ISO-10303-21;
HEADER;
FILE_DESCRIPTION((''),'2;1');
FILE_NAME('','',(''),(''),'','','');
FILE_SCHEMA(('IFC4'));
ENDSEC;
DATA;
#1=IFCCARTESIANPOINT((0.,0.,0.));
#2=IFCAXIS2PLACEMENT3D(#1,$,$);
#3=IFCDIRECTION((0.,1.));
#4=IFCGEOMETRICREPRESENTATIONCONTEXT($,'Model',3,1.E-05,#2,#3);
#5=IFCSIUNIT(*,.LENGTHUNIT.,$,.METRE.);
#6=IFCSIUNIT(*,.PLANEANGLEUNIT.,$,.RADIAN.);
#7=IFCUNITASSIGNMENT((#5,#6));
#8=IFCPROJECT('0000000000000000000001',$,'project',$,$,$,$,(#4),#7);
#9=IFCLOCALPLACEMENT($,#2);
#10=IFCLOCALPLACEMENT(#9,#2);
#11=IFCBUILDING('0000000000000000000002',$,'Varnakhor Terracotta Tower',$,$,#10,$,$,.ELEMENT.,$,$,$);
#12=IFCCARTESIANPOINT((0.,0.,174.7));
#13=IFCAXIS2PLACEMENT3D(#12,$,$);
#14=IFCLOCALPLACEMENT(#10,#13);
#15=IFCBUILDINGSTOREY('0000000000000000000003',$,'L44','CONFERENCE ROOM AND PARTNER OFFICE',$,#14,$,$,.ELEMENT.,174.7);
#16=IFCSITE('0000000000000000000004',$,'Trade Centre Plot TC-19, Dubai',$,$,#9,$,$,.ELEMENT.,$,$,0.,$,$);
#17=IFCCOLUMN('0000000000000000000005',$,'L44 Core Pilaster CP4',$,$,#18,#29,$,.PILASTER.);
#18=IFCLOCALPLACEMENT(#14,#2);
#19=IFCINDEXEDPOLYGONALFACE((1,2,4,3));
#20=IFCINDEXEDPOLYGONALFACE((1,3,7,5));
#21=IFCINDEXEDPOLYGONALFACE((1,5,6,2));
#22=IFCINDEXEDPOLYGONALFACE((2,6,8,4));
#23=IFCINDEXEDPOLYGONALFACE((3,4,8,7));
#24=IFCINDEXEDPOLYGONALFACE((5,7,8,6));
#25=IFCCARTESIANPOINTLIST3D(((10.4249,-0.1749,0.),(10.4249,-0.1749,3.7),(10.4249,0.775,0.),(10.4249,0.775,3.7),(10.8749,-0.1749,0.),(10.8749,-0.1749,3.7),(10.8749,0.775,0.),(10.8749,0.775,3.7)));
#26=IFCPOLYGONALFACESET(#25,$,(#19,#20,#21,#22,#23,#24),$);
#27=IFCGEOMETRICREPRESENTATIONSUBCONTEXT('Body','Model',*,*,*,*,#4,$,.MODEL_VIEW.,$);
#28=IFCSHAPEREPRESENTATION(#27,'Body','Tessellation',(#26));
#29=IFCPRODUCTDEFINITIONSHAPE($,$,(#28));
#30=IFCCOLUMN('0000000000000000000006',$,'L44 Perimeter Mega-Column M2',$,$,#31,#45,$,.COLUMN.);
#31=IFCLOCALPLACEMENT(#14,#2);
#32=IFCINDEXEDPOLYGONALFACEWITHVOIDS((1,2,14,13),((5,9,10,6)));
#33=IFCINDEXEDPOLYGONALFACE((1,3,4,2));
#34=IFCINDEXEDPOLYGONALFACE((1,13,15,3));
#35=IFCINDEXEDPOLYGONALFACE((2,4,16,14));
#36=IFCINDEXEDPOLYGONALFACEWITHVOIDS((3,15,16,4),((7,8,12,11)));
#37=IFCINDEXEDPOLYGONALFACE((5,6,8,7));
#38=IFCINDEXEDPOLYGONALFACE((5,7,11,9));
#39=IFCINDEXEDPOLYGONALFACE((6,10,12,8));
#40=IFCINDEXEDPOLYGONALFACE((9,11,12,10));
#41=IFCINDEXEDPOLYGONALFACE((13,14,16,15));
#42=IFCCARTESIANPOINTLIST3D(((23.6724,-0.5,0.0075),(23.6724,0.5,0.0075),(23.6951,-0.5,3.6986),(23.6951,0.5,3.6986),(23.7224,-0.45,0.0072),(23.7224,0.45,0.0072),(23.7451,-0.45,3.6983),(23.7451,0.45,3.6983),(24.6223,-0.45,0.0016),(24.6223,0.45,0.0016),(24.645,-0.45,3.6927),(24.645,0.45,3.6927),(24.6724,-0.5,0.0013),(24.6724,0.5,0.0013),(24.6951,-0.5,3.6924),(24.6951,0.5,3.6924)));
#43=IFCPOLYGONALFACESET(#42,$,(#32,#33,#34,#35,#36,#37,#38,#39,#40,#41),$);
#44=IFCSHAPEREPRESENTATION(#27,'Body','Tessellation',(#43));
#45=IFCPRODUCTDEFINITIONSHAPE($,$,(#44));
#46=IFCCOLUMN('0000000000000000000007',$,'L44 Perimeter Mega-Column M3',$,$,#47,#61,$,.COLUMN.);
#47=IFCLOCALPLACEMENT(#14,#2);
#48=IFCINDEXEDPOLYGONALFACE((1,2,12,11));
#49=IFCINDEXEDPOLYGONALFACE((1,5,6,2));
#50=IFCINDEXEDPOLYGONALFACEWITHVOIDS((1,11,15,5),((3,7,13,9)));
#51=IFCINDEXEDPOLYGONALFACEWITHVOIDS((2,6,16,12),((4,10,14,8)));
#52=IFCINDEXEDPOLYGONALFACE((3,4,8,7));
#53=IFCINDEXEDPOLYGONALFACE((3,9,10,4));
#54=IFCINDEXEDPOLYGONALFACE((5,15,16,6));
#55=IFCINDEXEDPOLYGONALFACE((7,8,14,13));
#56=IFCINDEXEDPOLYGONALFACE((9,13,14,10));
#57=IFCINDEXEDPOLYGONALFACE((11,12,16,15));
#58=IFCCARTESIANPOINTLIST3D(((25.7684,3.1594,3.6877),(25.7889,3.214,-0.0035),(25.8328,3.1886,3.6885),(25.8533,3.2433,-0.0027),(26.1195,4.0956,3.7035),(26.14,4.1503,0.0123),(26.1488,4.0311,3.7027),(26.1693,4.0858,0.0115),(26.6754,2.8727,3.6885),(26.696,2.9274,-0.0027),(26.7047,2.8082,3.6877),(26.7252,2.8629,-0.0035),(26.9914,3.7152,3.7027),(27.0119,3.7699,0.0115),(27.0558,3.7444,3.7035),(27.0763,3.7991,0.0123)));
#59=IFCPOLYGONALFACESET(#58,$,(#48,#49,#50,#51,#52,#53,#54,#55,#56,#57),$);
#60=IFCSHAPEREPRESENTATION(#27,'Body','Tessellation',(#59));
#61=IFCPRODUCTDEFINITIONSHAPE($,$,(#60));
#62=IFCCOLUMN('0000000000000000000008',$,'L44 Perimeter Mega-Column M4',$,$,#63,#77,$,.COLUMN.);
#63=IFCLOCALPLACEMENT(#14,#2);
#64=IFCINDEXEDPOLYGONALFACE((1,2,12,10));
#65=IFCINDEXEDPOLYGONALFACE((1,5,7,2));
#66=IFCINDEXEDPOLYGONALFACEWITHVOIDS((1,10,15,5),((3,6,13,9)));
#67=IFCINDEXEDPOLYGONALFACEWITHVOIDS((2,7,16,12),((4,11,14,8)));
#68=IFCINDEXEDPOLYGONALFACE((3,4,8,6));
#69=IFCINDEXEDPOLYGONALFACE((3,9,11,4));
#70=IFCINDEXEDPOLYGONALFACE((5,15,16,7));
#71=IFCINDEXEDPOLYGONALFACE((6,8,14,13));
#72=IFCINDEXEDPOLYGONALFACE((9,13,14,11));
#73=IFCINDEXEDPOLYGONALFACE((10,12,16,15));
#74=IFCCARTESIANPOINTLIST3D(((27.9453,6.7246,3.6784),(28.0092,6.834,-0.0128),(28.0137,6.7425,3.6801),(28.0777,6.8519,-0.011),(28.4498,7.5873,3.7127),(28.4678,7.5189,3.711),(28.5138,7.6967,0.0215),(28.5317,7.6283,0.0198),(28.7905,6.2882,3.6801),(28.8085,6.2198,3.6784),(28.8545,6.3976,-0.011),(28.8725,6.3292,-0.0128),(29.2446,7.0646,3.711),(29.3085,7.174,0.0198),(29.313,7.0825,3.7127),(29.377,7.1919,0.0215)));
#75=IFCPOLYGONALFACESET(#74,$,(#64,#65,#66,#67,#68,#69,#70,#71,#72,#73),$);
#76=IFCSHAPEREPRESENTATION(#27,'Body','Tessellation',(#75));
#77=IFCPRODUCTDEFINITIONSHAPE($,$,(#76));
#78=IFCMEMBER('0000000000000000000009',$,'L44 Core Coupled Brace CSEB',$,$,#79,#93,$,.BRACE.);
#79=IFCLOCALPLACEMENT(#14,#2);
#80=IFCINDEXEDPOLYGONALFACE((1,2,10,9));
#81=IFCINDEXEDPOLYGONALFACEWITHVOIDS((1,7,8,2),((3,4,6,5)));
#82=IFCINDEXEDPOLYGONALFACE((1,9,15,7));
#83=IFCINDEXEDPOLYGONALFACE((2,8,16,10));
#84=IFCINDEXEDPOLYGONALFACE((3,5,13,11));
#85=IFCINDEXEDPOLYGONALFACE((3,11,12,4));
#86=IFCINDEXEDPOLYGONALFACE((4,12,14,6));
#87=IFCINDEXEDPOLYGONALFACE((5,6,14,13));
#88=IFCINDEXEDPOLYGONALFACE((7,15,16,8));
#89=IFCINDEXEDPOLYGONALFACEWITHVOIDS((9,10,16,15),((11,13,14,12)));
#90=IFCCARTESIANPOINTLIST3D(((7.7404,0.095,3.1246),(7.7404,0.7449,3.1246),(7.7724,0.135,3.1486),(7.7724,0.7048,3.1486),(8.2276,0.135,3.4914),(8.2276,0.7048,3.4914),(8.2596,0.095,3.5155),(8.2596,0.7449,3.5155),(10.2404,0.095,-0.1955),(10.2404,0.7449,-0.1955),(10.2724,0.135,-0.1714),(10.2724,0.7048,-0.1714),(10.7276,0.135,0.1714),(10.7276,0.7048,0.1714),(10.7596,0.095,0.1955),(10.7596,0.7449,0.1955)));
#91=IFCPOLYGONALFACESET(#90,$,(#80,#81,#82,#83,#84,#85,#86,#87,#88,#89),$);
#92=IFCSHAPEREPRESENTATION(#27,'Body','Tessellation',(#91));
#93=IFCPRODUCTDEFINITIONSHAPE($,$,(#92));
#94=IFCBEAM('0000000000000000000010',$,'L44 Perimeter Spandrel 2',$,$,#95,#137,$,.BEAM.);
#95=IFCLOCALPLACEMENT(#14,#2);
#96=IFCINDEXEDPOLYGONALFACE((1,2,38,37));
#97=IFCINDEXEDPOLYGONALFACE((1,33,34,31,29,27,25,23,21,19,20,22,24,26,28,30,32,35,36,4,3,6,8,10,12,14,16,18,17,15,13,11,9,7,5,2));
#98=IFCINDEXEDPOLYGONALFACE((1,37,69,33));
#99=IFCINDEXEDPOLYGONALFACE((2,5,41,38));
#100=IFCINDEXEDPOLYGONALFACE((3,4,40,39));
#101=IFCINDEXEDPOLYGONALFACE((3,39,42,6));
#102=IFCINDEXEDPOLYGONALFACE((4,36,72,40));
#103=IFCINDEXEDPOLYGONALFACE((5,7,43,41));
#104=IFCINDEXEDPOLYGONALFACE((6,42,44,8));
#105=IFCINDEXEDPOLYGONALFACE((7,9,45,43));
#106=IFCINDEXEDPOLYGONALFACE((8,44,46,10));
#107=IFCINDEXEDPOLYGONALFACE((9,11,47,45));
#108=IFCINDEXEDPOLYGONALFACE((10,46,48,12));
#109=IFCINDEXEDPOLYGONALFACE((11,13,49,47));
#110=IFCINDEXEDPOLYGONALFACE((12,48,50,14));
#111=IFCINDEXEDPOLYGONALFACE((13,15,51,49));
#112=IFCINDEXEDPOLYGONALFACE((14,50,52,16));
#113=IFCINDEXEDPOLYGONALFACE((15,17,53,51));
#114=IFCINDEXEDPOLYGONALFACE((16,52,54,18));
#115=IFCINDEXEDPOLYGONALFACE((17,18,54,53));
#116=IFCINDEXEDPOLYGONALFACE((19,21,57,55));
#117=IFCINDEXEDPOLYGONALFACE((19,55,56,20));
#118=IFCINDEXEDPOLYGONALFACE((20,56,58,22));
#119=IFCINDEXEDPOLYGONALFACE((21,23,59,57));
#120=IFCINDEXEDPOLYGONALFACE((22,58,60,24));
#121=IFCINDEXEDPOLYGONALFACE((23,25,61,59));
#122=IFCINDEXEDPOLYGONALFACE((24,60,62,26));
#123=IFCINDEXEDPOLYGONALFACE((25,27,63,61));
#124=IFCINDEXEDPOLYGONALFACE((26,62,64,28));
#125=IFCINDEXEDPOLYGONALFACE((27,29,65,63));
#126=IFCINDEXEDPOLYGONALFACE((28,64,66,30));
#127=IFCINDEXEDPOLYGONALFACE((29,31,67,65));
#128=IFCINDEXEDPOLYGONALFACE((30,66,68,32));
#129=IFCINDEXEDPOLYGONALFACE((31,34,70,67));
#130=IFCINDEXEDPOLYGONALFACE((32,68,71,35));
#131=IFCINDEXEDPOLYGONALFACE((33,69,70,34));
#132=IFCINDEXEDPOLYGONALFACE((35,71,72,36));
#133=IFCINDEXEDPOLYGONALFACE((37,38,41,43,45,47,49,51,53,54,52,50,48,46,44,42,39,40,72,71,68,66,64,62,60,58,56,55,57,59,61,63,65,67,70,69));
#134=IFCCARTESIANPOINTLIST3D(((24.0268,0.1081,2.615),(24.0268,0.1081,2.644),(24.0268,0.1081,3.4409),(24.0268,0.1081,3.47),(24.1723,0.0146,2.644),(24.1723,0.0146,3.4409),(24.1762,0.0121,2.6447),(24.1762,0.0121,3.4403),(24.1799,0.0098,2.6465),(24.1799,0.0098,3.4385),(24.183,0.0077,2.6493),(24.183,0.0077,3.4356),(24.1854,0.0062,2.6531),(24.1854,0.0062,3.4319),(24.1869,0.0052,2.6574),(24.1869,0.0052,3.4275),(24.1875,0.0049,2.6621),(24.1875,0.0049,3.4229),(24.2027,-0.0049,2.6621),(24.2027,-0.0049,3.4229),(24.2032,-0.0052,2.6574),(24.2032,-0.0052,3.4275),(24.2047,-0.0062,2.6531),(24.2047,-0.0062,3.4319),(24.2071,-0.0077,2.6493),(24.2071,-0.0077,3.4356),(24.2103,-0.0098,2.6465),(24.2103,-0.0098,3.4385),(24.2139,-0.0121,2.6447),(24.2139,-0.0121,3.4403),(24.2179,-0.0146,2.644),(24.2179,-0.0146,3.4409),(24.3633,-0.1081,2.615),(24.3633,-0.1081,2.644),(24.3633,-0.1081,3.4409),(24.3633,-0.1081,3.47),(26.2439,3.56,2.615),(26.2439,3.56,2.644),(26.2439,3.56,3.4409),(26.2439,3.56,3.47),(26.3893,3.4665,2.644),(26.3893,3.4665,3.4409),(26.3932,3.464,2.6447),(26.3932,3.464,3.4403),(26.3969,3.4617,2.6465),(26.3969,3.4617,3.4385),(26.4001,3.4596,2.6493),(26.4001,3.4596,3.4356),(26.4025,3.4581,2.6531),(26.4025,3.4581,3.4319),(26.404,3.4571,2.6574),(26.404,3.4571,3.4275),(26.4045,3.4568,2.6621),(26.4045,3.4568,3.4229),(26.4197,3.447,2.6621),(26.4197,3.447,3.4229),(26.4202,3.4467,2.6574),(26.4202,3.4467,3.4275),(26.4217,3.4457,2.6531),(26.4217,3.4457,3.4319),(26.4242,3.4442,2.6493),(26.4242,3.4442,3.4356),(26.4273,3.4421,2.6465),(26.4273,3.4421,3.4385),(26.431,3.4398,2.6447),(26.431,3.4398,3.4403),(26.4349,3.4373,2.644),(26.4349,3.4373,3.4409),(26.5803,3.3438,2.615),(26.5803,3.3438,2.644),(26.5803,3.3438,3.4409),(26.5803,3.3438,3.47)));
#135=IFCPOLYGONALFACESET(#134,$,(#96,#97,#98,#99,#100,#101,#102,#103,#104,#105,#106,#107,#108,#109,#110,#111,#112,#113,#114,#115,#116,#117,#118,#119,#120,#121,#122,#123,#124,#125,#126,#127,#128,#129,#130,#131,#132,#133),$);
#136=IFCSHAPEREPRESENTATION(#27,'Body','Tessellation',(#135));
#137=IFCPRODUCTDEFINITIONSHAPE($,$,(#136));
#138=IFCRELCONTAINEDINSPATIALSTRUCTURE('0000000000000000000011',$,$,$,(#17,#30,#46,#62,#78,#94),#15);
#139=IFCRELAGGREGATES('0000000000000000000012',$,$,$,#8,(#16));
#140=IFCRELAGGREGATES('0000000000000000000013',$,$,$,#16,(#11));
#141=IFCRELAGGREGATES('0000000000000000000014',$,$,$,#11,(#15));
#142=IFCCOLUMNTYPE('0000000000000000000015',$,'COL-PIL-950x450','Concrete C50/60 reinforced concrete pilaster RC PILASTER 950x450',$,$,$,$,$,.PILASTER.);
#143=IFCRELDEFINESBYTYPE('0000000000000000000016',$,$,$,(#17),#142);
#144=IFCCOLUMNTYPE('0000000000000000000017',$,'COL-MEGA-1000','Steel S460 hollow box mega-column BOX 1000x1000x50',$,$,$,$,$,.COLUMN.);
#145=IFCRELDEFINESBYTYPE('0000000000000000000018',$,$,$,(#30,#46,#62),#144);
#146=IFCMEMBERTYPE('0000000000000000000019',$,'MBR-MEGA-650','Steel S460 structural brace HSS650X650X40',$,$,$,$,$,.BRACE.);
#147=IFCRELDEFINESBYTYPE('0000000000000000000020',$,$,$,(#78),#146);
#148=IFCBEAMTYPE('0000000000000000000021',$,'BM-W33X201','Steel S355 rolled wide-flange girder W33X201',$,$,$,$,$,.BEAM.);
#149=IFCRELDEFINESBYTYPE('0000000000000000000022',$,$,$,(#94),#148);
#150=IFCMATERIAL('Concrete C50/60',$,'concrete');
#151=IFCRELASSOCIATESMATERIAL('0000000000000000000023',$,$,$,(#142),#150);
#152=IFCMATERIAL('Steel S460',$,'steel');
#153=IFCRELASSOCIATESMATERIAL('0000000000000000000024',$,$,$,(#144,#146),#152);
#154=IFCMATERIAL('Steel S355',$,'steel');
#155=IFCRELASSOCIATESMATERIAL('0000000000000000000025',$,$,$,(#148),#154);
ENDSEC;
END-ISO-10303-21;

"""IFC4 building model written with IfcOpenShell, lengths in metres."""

from ifc_helpers import new_model, si_unit, direction, frame, origin, origin_2d, place, context, subcontext, project, spatial, rectangle, hollow_rectangle, i_section, extrude, source, transform, mapped, material, material_profile, profile_set, type_object, element, save


model = new_model("IFC4")

# Units and contexts
model_context = context("Model", 3, precision=1e-05, world=origin(), true_north=direction((0.0, 1.0)))
body_context = subcontext(model_context, "Body", "Model", "MODEL_VIEW")
ifc_project = project(units=[si_unit("LENGTHUNIT", "METRE"), si_unit("PLANEANGLEUNIT", "RADIAN")], contexts=[model_context])

# Site, building, storey
site_placement = place(None, origin())
site = spatial("IfcSite", under=ifc_project, at=site_placement, Name="Trade Centre Plot TC-19, Dubai", CompositionType="ELEMENT", RefElevation=0.0)
building_placement = place(site_placement, origin())
building = spatial("IfcBuilding", under=site, at=building_placement, Name="Varnakhor Terracotta Tower", CompositionType="ELEMENT")
storey_placement = place(building_placement, frame((0.0, 0.0, 174.7)))
storey = spatial("IfcBuildingStorey", under=building, at=storey_placement, Name="L44", Description="CONFERENCE ROOM AND PARTNER OFFICE", CompositionType="ELEMENT", Elevation=174.7)

# Columns
ifc_material_1 = material(Name="Concrete C50/60", Category="concrete")
ifc_material_profile_1 = material_profile(ifc_material_1, rectangle(XDim=0.45, YDim=0.95, at=origin_2d()), Name="RC PILASTER 950x450")
ifc_profile_set_1 = profile_set([ifc_material_profile_1], Name="Concrete C50/60")
column_type_1 = type_object("IfcColumnType", Name="COL-PIL-950x450", Description="Concrete C50/60 reinforced concrete pilaster RC PILASTER 950x450", PredefinedType="PILASTER", material=ifc_profile_set_1)
shared_shape_1 = source(origin(), body_context, "Body", "SweptSolid", [
    extrude(rectangle(XDim=0.45, YDim=0.95, at=origin_2d()), origin(), (0.0, 0.0, 1.0), 3.7),
])
column_1_placement = place(storey_placement, frame((10.6499, 0.3, 0.0), z_axis=(0.0, 0.0, 1.0), x_axis=(1.0, 0.0, 0.0)))
element("IfcColumn", 1, at=column_1_placement, inside=storey, type_object=column_type_1, Name="L44 Core Pilaster CP4", PredefinedType="PILASTER", context=body_context, shape_type="MappedRepresentation", body=[
    mapped(shared_shape_1, transform((0.0, 0.0, 0.0), scale=1.0)),
])
ifc_material_2 = material(Name="Steel S460", Category="steel")
ifc_material_profile_2 = material_profile(ifc_material_2, hollow_rectangle(XDim=1.0, YDim=1.0, WallThickness=0.05, at=origin_2d()), Name="BOX 1000x1000x50")
ifc_profile_set_2 = profile_set([ifc_material_profile_2], Name="Steel S460")
column_type_2 = type_object("IfcColumnType", Name="COL-MEGA-1000", Description="Steel S460 hollow box mega-column BOX 1000x1000x50", PredefinedType="COLUMN", material=ifc_profile_set_2)
shared_shape_2 = source(origin(), body_context, "Body", "SweptSolid", [
    extrude(hollow_rectangle(XDim=1.0, YDim=1.0, WallThickness=0.05, at=origin_2d()), origin(), (0.0, 0.0, 1.0), 3.6912),
])
column_2_placement = place(storey_placement, frame((24.1724, 0.0, 0.0044), z_axis=(0.006151, 0.0, 0.999981), x_axis=(0.0, 1.0, 0.0)))
element("IfcColumn", 2, at=column_2_placement, inside=storey, type_object=column_type_2, Name="L44 Perimeter Mega-Column M2", PredefinedType="COLUMN", context=body_context, shape_type="MappedRepresentation", body=[
    mapped(shared_shape_2, transform((0.0, 0.0, 0.0), scale=1.0)),
])
shared_shape_3 = source(origin(), body_context, "Body", "SweptSolid", [
    extrude(hollow_rectangle(XDim=1.0, YDim=1.0, WallThickness=0.05, at=origin_2d()), origin(), (0.0, 0.0, 1.0), 3.6917),
])
column_3_placement = place(storey_placement, frame((26.4326, 3.5066, 0.0044), z_axis=(-0.005555, -0.014814, 0.999875), x_axis=(0.936329, -0.351123, 0.0)))
element("IfcColumn", 3, at=column_3_placement, inside=storey, type_object=column_type_2, Name="L44 Perimeter Mega-Column M3", PredefinedType="COLUMN", context=body_context, shape_type="MappedRepresentation", body=[
    mapped(shared_shape_3, transform((0.0, 0.0, 0.0), scale=1.0)),
])
shared_shape_4 = source(origin(), body_context, "Body", "SweptSolid", [
    extrude(hollow_rectangle(XDim=1.0, YDim=1.0, WallThickness=0.05, at=origin_2d()), origin(), (0.0, 0.0, 1.0), 3.6934),
])
column_4_placement = place(storey_placement, frame((28.6931, 7.0129, 0.0044), z_axis=(-0.017319, -0.029614, 0.999411), x_axis=(0.863219, -0.504829, 0.0)))
element("IfcColumn", 4, at=column_4_placement, inside=storey, type_object=column_type_2, Name="L44 Perimeter Mega-Column M4", PredefinedType="COLUMN", context=body_context, shape_type="MappedRepresentation", body=[
    mapped(shared_shape_4, transform((0.0, 0.0, 0.0), scale=1.0)),
])

# Member
ifc_material_profile_3 = material_profile(ifc_material_2, hollow_rectangle(XDim=0.6499, YDim=0.6499, WallThickness=0.04, at=origin_2d()), Name="HSS650X650X40")
ifc_profile_set_3 = profile_set([ifc_material_profile_3], Name="Steel S460")
member_type_1 = type_object("IfcMemberType", Name="MBR-MEGA-650", Description="Steel S460 structural brace HSS650X650X40", PredefinedType="BRACE", material=ifc_profile_set_3)
shared_shape_5 = source(origin(), body_context, "Body", "SweptSolid", [
    extrude(hollow_rectangle(XDim=0.6499, YDim=0.6499, WallThickness=0.04, at=origin_2d()), origin(), (0.0, 0.0, 1.0), 4.156),
])
member_1_placement = place(storey_placement, frame((10.5, 0.4199, 0.0), z_axis=(-0.601531, 0.0, 0.79885), x_axis=(0.0, -1.0, 0.0)))
element("IfcMember", 5, at=member_1_placement, inside=storey, type_object=member_type_1, Name="L44 Core Coupled Brace CSEB", PredefinedType="BRACE", context=body_context, shape_type="MappedRepresentation", body=[
    mapped(shared_shape_5, transform((0.0, 0.0, 0.0), scale=1.0)),
])

# Beam
ifc_material_3 = material(Name="Steel S355", Category="steel")
ifc_material_profile_4 = material_profile(ifc_material_3, i_section(OverallWidth=0.3999, OverallDepth=0.855, WebThickness=0.0181, FlangeThickness=0.0291, FilletRadius=0.0181, at=origin_2d()), Name="W33X201")
ifc_profile_set_4 = profile_set([ifc_material_profile_4], Name="Steel S355")
beam_type_1 = type_object("IfcBeamType", Name="BM-W33X201", Description="Steel S355 rolled wide-flange girder W33X201", PredefinedType="BEAM", material=ifc_profile_set_4)
shared_shape_6 = source(origin(), body_context, "Body", "SweptSolid", [
    extrude(i_section(OverallWidth=0.3999, OverallDepth=0.855, WebThickness=0.0181, FlangeThickness=0.0291, FilletRadius=0.0181, at=origin_2d()), origin(), (0.0, 0.0, 1.0), 4.1025),
])
beam_1_placement = place(storey_placement, frame((24.1951, 0.0, 3.0425), z_axis=(0.540406, 0.841405, 0.0), x_axis=(-0.841405, 0.540406, 0.0)))
element("IfcBeam", 6, at=beam_1_placement, inside=storey, type_object=beam_type_1, Name="L44 Perimeter Spandrel 2", PredefinedType="BEAM", context=body_context, shape_type="MappedRepresentation", body=[
    mapped(shared_shape_6, transform((0.0, 0.0, 0.0), scale=1.0)),
])

save(model, "model.ifc")
